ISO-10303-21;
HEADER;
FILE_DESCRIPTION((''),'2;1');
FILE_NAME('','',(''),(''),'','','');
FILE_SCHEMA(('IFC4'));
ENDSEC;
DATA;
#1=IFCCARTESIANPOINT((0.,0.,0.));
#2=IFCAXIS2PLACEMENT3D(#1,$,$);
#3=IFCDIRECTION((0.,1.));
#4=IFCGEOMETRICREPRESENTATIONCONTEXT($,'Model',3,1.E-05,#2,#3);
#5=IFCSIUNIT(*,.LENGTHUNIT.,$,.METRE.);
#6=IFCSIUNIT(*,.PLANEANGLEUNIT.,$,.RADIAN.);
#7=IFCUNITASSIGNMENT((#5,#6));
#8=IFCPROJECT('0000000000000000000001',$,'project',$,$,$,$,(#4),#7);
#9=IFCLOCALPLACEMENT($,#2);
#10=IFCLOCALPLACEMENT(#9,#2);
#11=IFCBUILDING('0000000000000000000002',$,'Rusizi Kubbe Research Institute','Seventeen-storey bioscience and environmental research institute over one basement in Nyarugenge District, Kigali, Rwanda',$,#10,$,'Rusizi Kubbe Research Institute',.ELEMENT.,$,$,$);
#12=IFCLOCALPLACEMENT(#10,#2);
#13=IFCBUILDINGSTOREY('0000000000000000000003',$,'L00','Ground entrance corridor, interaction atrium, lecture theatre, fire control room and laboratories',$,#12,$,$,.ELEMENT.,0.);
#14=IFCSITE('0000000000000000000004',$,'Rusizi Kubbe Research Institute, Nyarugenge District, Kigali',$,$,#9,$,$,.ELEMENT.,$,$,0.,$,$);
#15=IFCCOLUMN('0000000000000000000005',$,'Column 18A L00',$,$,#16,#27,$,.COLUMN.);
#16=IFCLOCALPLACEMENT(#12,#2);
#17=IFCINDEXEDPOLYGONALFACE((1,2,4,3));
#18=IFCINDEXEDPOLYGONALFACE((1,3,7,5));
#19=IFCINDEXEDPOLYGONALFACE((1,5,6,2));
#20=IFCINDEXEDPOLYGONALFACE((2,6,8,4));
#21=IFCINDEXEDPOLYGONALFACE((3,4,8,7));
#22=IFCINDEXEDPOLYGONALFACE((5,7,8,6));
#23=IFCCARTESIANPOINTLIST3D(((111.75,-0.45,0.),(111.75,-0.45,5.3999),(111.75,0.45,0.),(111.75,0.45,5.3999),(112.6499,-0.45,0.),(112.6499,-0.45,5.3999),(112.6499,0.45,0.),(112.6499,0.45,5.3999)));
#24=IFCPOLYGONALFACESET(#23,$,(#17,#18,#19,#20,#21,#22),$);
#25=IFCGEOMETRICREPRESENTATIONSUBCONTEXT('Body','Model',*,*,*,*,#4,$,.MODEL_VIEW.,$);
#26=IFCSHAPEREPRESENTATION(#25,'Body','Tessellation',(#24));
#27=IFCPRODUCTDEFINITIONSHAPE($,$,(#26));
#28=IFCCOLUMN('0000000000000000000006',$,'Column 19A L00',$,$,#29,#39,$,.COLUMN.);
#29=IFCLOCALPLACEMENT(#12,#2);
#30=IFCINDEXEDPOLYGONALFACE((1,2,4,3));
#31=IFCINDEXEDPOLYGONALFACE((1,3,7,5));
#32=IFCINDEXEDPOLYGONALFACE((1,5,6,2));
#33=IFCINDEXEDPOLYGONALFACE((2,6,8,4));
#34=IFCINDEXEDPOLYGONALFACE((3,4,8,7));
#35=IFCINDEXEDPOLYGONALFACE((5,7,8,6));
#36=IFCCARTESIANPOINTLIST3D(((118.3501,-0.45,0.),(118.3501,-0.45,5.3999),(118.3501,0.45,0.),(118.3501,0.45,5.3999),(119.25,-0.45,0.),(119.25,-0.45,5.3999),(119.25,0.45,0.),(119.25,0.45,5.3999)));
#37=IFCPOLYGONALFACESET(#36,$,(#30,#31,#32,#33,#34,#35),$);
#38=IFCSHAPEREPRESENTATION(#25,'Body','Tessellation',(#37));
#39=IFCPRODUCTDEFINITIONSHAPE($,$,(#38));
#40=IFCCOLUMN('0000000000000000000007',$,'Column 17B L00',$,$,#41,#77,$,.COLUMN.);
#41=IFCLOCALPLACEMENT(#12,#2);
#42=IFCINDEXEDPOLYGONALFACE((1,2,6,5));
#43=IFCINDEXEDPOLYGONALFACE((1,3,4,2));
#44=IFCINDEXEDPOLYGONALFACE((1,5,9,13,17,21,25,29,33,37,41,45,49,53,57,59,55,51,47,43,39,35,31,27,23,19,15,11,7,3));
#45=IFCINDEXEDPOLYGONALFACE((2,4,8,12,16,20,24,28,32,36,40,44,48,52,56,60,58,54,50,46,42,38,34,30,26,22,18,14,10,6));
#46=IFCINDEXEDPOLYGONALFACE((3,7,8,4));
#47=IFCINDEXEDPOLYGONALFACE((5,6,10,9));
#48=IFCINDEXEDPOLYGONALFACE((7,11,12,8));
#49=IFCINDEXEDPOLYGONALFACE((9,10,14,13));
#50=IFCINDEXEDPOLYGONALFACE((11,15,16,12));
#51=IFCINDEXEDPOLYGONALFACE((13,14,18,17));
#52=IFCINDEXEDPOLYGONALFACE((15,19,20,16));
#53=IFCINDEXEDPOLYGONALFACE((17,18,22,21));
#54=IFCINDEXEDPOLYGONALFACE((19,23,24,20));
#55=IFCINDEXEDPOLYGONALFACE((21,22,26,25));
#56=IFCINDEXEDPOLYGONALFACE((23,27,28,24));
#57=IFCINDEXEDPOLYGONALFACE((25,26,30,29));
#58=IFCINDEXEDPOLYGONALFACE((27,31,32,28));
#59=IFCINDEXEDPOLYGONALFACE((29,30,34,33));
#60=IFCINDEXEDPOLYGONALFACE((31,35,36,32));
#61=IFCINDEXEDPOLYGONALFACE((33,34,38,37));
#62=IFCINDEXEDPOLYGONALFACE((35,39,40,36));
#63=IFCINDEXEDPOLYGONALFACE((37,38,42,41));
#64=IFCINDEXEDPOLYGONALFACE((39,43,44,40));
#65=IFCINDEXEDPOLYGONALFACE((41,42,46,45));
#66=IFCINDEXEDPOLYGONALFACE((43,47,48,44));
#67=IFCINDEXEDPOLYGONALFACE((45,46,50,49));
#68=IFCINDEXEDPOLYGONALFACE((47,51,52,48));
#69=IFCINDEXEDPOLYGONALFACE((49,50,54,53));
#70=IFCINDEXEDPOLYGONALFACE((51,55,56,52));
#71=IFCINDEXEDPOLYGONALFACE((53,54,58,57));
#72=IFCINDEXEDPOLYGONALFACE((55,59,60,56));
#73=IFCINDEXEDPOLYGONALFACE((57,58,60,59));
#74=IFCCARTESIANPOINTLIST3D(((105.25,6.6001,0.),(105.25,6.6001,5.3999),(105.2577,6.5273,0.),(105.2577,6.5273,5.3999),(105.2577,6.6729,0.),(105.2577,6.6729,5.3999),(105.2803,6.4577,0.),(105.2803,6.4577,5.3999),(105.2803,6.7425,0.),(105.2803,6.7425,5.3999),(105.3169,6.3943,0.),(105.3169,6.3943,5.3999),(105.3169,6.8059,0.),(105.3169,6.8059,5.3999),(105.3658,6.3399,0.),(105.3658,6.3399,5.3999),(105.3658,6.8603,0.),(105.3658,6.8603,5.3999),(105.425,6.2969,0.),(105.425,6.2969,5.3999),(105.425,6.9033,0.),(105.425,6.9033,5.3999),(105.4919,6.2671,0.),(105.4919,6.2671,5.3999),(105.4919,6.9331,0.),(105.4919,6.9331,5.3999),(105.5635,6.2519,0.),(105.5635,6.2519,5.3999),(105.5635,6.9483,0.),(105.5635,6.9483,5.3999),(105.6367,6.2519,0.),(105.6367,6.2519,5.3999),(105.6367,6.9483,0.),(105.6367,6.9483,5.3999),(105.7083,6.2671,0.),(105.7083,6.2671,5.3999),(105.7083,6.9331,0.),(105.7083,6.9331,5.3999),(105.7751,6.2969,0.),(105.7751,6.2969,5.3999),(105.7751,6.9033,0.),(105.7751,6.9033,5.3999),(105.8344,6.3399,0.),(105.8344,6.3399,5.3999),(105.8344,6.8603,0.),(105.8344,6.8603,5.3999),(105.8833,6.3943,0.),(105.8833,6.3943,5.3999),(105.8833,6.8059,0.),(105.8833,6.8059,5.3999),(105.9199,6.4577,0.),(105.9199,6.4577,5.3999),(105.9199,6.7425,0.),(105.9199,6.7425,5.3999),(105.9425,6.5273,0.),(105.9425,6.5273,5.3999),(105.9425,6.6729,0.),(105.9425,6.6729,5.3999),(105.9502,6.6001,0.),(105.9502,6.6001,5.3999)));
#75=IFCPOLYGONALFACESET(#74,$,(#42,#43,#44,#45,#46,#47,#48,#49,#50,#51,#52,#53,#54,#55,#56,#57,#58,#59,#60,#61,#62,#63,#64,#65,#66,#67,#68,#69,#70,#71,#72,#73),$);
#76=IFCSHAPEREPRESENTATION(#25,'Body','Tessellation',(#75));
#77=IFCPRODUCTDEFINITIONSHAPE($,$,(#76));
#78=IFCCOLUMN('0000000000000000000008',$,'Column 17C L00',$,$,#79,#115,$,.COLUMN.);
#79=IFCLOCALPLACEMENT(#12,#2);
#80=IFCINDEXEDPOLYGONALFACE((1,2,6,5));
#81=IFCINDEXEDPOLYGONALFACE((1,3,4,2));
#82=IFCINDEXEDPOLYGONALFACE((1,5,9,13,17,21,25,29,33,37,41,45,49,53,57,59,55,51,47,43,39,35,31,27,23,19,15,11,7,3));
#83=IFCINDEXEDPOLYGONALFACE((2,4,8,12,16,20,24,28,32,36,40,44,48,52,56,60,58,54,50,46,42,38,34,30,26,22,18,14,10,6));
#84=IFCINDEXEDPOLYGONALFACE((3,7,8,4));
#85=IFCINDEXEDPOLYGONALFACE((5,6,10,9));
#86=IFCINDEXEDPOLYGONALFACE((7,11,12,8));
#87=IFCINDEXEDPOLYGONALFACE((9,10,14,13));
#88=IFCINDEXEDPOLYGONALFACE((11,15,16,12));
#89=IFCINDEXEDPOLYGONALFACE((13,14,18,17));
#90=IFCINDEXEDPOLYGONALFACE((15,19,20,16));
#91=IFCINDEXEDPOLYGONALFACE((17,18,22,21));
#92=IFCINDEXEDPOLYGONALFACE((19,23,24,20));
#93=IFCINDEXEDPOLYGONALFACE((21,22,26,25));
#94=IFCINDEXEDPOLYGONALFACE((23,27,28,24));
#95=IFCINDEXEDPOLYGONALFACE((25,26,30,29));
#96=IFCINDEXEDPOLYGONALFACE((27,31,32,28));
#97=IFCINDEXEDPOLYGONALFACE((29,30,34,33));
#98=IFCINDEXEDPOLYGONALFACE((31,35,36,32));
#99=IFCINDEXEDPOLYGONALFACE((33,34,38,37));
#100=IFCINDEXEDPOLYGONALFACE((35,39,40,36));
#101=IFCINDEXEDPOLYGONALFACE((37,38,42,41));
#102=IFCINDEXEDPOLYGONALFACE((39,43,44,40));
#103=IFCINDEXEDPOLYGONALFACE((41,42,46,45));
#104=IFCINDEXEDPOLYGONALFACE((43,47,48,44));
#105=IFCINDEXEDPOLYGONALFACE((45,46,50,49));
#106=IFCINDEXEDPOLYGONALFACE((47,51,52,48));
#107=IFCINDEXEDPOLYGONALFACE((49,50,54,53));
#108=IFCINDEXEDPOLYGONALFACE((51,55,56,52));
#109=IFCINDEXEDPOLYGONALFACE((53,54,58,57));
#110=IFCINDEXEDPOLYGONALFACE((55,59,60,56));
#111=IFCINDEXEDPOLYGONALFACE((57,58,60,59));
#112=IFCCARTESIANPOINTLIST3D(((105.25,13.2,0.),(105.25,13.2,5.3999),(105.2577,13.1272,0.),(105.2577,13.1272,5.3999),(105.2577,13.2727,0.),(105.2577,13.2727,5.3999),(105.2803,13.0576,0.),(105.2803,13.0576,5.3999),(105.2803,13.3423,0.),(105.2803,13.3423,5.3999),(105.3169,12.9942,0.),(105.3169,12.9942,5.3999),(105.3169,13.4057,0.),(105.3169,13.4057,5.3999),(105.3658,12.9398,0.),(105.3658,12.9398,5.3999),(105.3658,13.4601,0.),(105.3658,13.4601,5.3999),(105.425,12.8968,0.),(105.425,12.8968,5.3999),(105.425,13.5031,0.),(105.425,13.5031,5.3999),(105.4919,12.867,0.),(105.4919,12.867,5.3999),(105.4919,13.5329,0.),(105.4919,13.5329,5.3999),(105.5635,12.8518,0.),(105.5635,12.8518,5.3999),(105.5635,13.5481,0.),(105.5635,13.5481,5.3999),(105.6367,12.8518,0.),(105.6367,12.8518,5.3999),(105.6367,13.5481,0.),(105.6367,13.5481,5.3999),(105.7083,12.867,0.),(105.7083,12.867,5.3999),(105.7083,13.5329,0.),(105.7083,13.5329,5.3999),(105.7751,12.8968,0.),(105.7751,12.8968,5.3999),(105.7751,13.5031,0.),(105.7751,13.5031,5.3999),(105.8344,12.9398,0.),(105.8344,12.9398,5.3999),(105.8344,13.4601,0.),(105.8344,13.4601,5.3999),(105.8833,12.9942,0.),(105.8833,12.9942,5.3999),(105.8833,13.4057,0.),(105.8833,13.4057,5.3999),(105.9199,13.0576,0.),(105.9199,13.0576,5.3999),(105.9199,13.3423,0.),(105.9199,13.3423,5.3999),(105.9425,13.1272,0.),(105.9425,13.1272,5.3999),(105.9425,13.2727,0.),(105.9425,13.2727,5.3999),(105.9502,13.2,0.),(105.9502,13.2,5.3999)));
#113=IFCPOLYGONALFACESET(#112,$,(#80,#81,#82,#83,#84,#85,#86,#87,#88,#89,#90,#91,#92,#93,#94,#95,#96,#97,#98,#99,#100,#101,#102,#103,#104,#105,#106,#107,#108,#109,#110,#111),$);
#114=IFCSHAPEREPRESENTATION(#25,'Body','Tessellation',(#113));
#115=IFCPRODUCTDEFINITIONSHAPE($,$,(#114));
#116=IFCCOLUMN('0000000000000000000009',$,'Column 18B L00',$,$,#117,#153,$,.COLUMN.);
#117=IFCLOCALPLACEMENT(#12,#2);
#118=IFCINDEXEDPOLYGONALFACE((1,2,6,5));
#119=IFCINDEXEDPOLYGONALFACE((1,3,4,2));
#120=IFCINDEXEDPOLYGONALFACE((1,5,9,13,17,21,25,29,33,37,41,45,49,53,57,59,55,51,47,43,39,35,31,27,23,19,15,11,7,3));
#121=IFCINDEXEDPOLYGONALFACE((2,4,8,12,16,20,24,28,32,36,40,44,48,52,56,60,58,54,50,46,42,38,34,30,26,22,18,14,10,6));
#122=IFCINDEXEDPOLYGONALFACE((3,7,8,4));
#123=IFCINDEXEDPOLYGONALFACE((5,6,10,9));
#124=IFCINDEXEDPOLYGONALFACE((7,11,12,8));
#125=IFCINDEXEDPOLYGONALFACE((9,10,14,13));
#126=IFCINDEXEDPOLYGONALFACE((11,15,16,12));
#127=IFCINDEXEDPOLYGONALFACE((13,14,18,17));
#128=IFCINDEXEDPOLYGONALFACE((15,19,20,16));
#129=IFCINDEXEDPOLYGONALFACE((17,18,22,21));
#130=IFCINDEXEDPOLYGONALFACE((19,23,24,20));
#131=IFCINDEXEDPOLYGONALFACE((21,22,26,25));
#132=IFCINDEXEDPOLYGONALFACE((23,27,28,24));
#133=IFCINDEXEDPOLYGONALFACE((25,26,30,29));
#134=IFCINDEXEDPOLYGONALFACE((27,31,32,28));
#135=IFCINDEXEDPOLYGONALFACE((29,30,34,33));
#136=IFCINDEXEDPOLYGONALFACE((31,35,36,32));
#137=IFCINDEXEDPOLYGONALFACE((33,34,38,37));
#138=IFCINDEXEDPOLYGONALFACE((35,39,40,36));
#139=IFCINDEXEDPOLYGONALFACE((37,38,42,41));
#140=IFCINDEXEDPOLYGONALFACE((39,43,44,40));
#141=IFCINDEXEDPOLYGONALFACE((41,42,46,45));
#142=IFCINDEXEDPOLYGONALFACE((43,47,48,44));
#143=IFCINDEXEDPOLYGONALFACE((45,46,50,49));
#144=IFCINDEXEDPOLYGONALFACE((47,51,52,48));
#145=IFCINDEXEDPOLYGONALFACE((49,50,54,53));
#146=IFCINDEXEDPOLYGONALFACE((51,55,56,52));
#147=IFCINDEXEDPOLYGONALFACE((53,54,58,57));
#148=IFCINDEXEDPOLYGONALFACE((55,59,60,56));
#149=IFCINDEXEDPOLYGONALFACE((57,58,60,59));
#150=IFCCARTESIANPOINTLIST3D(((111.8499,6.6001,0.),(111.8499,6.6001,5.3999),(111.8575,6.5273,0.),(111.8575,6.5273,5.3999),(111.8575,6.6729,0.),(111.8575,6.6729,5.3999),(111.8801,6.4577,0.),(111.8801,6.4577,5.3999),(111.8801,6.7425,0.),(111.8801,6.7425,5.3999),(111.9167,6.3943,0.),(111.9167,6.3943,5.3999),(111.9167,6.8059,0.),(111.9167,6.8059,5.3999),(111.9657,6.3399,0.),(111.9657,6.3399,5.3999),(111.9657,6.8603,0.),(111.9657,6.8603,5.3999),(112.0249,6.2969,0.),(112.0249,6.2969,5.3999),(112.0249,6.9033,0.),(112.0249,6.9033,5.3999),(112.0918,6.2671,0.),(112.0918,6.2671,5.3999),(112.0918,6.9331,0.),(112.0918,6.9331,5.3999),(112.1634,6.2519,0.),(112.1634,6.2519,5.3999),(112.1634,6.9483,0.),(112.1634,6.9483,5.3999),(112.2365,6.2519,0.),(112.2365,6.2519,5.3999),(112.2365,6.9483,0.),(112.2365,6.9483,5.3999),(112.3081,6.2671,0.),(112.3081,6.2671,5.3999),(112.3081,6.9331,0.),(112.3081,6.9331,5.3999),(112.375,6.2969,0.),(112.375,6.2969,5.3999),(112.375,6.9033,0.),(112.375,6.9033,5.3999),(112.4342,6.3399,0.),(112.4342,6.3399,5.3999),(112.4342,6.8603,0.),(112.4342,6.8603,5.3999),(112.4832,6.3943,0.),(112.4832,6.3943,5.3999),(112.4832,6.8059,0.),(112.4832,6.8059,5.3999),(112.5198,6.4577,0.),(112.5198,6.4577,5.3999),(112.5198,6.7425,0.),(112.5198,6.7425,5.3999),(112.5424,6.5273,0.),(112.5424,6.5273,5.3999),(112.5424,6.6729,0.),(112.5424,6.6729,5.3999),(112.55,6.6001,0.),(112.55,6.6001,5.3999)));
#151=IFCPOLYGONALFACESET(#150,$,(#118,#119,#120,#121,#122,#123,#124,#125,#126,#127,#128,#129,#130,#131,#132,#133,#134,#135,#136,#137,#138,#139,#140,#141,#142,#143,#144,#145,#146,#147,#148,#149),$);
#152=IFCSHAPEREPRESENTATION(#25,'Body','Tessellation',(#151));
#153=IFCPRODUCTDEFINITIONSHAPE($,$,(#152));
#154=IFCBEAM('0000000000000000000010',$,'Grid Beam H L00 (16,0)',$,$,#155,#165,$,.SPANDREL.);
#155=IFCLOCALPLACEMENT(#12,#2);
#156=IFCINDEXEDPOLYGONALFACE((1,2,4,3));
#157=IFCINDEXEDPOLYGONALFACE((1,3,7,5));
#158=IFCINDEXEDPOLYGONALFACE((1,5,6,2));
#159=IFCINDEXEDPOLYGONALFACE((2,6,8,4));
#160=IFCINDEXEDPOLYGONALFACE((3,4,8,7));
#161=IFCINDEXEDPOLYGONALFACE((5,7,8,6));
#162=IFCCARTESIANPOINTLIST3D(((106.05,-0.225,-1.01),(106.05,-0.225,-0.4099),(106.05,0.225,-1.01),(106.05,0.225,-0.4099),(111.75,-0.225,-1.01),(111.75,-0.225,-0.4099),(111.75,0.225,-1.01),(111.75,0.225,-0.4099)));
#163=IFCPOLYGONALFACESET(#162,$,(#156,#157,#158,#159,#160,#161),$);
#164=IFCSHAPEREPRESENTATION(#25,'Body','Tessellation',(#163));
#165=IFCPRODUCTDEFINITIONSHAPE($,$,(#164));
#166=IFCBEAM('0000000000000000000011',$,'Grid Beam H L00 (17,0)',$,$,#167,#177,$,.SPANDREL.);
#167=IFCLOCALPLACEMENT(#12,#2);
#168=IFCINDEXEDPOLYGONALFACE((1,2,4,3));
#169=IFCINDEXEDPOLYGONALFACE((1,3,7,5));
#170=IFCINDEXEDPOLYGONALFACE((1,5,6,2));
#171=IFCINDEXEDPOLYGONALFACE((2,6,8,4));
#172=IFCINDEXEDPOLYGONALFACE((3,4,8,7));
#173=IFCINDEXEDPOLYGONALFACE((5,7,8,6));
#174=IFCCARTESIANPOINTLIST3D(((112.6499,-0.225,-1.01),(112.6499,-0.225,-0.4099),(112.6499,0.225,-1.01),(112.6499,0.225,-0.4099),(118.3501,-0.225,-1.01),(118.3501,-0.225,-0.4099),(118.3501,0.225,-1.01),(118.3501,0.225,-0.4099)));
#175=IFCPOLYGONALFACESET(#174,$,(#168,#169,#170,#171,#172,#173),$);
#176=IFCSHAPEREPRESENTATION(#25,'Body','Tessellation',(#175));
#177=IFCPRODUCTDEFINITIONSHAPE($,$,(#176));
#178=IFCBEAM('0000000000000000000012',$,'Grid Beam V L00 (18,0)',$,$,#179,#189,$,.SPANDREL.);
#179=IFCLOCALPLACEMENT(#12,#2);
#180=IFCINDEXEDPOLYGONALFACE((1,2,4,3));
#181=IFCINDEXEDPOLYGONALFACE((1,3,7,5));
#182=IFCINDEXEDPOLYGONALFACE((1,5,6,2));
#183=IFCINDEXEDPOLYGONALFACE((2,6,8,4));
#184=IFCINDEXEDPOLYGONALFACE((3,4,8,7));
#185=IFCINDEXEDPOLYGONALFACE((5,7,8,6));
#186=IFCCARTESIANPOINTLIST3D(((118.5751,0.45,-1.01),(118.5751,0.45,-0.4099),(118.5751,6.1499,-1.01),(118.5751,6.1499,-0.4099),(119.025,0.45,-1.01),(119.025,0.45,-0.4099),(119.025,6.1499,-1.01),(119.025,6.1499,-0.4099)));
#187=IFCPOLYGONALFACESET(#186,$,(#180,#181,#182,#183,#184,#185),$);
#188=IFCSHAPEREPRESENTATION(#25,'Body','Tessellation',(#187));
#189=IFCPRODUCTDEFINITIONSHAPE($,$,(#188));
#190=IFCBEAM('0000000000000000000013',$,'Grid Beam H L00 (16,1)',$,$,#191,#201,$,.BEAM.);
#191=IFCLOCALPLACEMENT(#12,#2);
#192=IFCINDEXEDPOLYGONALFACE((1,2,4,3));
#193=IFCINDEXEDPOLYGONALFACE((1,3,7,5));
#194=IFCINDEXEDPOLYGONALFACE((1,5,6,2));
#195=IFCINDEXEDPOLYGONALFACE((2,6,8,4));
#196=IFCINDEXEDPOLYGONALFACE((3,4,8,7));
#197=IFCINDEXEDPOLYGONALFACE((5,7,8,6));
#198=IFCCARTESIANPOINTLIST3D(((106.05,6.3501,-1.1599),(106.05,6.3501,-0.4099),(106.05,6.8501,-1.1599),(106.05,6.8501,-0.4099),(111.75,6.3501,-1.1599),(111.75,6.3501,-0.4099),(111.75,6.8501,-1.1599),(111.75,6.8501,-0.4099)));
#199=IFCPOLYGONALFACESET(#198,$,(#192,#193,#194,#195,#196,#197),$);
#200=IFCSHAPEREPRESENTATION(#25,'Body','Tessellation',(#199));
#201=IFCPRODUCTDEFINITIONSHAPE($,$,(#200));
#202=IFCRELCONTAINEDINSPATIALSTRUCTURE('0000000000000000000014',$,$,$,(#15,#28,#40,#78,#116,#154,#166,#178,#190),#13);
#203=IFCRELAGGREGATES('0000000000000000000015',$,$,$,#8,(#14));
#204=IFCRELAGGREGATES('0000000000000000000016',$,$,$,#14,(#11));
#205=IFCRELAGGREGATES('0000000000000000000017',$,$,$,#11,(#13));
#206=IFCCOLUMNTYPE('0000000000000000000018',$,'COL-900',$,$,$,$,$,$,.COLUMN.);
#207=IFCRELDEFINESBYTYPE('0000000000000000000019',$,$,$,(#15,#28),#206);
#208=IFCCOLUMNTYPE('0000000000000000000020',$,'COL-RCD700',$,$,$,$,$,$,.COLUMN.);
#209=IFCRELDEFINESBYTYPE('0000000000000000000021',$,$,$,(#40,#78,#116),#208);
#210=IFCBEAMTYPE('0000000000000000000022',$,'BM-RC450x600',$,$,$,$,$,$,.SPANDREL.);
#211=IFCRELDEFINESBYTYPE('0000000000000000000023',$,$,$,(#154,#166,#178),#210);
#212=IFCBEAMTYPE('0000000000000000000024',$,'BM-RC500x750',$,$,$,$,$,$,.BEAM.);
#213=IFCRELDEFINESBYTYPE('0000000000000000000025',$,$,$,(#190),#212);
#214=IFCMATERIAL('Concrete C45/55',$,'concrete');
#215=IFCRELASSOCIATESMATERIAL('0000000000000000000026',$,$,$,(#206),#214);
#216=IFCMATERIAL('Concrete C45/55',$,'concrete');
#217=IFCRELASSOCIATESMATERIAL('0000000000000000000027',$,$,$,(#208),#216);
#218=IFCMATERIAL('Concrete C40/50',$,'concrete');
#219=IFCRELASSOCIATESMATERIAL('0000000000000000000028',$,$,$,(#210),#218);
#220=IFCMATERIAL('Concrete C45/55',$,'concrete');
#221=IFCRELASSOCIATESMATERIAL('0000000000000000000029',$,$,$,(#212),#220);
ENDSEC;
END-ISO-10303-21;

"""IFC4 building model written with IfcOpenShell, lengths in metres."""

from ifc_helpers import new_model, si_unit, direction, frame, origin, origin_2d, place, context, subcontext, project, spatial, rectangle, circle, extrude, material, material_profile, profile_set, type_object, element, save


model = new_model("IFC4")

# Units and contexts
model_context = context("Model", 3, precision=1e-05, world=origin(), true_north=direction((0.0, 1.0)))
body_context = subcontext(model_context, "Body", "Model", "MODEL_VIEW")
ifc_project = project(units=[si_unit("LENGTHUNIT", "METRE"), si_unit("PLANEANGLEUNIT", "RADIAN")], contexts=[model_context])

# Site, building, storey
site_placement = place(None, origin())
site = spatial("IfcSite", under=ifc_project, at=site_placement, Name="Rusizi Kubbe Research Institute, Nyarugenge District, Kigali", CompositionType="ELEMENT", RefElevation=0.0)
building_placement = place(site_placement, origin())
building = spatial("IfcBuilding", under=site, at=building_placement, Name="Rusizi Kubbe Research Institute", Description="Seventeen-storey bioscience and environmental research institute over one basement in Nyarugenge District, Kigali, Rwanda", LongName="Rusizi Kubbe Research Institute", CompositionType="ELEMENT")
storey_placement = place(building_placement, origin())
storey = spatial("IfcBuildingStorey", under=building, at=storey_placement, Name="L00", Description="Ground entrance corridor, interaction atrium, lecture theatre, fire control room and laboratories", CompositionType="ELEMENT", Elevation=0.0)

# Columns
ifc_material_1 = material(Name="Concrete C45/55", Category="concrete")
ifc_material_profile_1 = material_profile(ifc_material_1, rectangle(XDim=0.8999, YDim=0.8999, at=origin_2d()), Name="RC900x900")
ifc_profile_set_1 = profile_set([ifc_material_profile_1], Name="Concrete C45/55")
column_type_1 = type_object("IfcColumnType", Name="COL-900", PredefinedType="COLUMN", material=ifc_profile_set_1)
for number, where, z_axis, x_axis, name in (
    (1, (112.2, 0.0, 0.0), (0.0, 0.0, 1.0), (1.0, 0.0, 0.0), "Column 18A L00"),
    (2, (118.8, 0.0, 0.0), (0.0, 0.0, 1.0), (1.0, 0.0, 0.0), "Column 19A L00"),
):
    element("IfcColumn", number, at=place(storey_placement, frame(where, z_axis=z_axis, x_axis=x_axis)), inside=storey, type_object=column_type_1, Name=name, PredefinedType="COLUMN", context=body_context, shape_type="SweptSolid", body=[
        extrude(rectangle(XDim=0.8999, YDim=0.8999, at=origin_2d()), origin(), (0.0, 0.0, 1.0), 5.3999),
    ])
ifc_material_2 = material(Name="Concrete C45/55", Category="concrete")
ifc_material_profile_2 = material_profile(ifc_material_2, circle(Radius=0.3501, at=origin_2d()), Name="RCD700")
ifc_profile_set_2 = profile_set([ifc_material_profile_2], Name="Concrete C45/55")
column_type_2 = type_object("IfcColumnType", Name="COL-RCD700", PredefinedType="COLUMN", material=ifc_profile_set_2)
for number, where, z_axis, x_axis, name in (
    (3, (105.6001, 6.6001, 0.0), (0.0, 0.0, 1.0), (1.0, 0.0, 0.0), "Column 17B L00"),
    (4, (105.6001, 13.2, 0.0), (0.0, 0.0, 1.0), (1.0, 0.0, 0.0), "Column 17C L00"),
    (5, (112.2, 6.6001, 0.0), (0.0, 0.0, 1.0), (1.0, 0.0, 0.0), "Column 18B L00"),
):
    element("IfcColumn", number, at=place(storey_placement, frame(where, z_axis=z_axis, x_axis=x_axis)), inside=storey, type_object=column_type_2, Name=name, PredefinedType="COLUMN", context=body_context, shape_type="SweptSolid", body=[
        extrude(circle(Radius=0.3501, at=origin_2d()), origin(), (0.0, 0.0, 1.0), 5.3999),
    ])

# Beams
ifc_material_3 = material(Name="Concrete C40/50", Category="concrete")
ifc_material_profile_3 = material_profile(ifc_material_3, rectangle(XDim=0.45, YDim=0.6001, at=origin_2d()), Name="RC450x600")
ifc_profile_set_3 = profile_set([ifc_material_profile_3], Name="Concrete C40/50")
beam_type_1 = type_object("IfcBeamType", Name="BM-RC450x600", PredefinedType="SPANDREL", material=ifc_profile_set_3)
beam_1_placement = place(storey_placement, frame((106.05, 0.0, -0.71), z_axis=(1.0, 0.0, 0.0), x_axis=(0.0, 1.0, 0.0)))
element("IfcBeam", 6, at=beam_1_placement, inside=storey, type_object=beam_type_1, Name="Grid Beam H L00 (16,0)", PredefinedType="SPANDREL", context=body_context, shape_type="SweptSolid", body=[
    extrude(rectangle(XDim=0.45, YDim=0.6001, at=origin_2d()), origin(), (0.0, 0.0, 1.0), 5.7),
])
beam_2_placement = place(storey_placement, frame((112.6499, 0.0, -0.71), z_axis=(1.0, 0.0, 0.0), x_axis=(0.0, 1.0, 0.0)))
element("IfcBeam", 7, at=beam_2_placement, inside=storey, type_object=beam_type_1, Name="Grid Beam H L00 (17,0)", PredefinedType="SPANDREL", context=body_context, shape_type="SweptSolid", body=[
    extrude(rectangle(XDim=0.45, YDim=0.6001, at=origin_2d()), origin(), (0.0, 0.0, 1.0), 5.7002),
])
beam_3_placement = place(storey_placement, frame((118.8, 0.45, -0.71), z_axis=(0.0, 1.0, 0.0), x_axis=(-1.0, 0.0, 0.0)))
element("IfcBeam", 8, at=beam_3_placement, inside=storey, type_object=beam_type_1, Name="Grid Beam V L00 (18,0)", PredefinedType="SPANDREL", context=body_context, shape_type="SweptSolid", body=[
    extrude(rectangle(XDim=0.45, YDim=0.6001, at=origin_2d()), origin(), (0.0, 0.0, 1.0), 5.7),
])
ifc_material_4 = material(Name="Concrete C45/55", Category="concrete")
ifc_material_profile_4 = material_profile(ifc_material_4, rectangle(XDim=0.5, YDim=0.75, at=origin_2d()), Name="RC500x750B")
ifc_profile_set_4 = profile_set([ifc_material_profile_4], Name="Concrete C45/55")
beam_type_2 = type_object("IfcBeamType", Name="BM-RC500x750", PredefinedType="BEAM", material=ifc_profile_set_4)
for number, where, z_axis, x_axis, name in (
    (9, (106.05, 6.6001, -0.7849), (1.0, 0.0, 0.0), (0.0, 1.0, 0.0), "Grid Beam H L00 (16,1)"),
):
    element("IfcBeam", number, at=place(storey_placement, frame(where, z_axis=z_axis, x_axis=x_axis)), inside=storey, type_object=beam_type_2, Name=name, PredefinedType="BEAM", context=body_context, shape_type="SweptSolid", body=[
        extrude(rectangle(XDim=0.5, YDim=0.75, at=origin_2d()), origin(), (0.0, 0.0, 1.0), 5.7),
    ])

save(model, "model.ifc")
